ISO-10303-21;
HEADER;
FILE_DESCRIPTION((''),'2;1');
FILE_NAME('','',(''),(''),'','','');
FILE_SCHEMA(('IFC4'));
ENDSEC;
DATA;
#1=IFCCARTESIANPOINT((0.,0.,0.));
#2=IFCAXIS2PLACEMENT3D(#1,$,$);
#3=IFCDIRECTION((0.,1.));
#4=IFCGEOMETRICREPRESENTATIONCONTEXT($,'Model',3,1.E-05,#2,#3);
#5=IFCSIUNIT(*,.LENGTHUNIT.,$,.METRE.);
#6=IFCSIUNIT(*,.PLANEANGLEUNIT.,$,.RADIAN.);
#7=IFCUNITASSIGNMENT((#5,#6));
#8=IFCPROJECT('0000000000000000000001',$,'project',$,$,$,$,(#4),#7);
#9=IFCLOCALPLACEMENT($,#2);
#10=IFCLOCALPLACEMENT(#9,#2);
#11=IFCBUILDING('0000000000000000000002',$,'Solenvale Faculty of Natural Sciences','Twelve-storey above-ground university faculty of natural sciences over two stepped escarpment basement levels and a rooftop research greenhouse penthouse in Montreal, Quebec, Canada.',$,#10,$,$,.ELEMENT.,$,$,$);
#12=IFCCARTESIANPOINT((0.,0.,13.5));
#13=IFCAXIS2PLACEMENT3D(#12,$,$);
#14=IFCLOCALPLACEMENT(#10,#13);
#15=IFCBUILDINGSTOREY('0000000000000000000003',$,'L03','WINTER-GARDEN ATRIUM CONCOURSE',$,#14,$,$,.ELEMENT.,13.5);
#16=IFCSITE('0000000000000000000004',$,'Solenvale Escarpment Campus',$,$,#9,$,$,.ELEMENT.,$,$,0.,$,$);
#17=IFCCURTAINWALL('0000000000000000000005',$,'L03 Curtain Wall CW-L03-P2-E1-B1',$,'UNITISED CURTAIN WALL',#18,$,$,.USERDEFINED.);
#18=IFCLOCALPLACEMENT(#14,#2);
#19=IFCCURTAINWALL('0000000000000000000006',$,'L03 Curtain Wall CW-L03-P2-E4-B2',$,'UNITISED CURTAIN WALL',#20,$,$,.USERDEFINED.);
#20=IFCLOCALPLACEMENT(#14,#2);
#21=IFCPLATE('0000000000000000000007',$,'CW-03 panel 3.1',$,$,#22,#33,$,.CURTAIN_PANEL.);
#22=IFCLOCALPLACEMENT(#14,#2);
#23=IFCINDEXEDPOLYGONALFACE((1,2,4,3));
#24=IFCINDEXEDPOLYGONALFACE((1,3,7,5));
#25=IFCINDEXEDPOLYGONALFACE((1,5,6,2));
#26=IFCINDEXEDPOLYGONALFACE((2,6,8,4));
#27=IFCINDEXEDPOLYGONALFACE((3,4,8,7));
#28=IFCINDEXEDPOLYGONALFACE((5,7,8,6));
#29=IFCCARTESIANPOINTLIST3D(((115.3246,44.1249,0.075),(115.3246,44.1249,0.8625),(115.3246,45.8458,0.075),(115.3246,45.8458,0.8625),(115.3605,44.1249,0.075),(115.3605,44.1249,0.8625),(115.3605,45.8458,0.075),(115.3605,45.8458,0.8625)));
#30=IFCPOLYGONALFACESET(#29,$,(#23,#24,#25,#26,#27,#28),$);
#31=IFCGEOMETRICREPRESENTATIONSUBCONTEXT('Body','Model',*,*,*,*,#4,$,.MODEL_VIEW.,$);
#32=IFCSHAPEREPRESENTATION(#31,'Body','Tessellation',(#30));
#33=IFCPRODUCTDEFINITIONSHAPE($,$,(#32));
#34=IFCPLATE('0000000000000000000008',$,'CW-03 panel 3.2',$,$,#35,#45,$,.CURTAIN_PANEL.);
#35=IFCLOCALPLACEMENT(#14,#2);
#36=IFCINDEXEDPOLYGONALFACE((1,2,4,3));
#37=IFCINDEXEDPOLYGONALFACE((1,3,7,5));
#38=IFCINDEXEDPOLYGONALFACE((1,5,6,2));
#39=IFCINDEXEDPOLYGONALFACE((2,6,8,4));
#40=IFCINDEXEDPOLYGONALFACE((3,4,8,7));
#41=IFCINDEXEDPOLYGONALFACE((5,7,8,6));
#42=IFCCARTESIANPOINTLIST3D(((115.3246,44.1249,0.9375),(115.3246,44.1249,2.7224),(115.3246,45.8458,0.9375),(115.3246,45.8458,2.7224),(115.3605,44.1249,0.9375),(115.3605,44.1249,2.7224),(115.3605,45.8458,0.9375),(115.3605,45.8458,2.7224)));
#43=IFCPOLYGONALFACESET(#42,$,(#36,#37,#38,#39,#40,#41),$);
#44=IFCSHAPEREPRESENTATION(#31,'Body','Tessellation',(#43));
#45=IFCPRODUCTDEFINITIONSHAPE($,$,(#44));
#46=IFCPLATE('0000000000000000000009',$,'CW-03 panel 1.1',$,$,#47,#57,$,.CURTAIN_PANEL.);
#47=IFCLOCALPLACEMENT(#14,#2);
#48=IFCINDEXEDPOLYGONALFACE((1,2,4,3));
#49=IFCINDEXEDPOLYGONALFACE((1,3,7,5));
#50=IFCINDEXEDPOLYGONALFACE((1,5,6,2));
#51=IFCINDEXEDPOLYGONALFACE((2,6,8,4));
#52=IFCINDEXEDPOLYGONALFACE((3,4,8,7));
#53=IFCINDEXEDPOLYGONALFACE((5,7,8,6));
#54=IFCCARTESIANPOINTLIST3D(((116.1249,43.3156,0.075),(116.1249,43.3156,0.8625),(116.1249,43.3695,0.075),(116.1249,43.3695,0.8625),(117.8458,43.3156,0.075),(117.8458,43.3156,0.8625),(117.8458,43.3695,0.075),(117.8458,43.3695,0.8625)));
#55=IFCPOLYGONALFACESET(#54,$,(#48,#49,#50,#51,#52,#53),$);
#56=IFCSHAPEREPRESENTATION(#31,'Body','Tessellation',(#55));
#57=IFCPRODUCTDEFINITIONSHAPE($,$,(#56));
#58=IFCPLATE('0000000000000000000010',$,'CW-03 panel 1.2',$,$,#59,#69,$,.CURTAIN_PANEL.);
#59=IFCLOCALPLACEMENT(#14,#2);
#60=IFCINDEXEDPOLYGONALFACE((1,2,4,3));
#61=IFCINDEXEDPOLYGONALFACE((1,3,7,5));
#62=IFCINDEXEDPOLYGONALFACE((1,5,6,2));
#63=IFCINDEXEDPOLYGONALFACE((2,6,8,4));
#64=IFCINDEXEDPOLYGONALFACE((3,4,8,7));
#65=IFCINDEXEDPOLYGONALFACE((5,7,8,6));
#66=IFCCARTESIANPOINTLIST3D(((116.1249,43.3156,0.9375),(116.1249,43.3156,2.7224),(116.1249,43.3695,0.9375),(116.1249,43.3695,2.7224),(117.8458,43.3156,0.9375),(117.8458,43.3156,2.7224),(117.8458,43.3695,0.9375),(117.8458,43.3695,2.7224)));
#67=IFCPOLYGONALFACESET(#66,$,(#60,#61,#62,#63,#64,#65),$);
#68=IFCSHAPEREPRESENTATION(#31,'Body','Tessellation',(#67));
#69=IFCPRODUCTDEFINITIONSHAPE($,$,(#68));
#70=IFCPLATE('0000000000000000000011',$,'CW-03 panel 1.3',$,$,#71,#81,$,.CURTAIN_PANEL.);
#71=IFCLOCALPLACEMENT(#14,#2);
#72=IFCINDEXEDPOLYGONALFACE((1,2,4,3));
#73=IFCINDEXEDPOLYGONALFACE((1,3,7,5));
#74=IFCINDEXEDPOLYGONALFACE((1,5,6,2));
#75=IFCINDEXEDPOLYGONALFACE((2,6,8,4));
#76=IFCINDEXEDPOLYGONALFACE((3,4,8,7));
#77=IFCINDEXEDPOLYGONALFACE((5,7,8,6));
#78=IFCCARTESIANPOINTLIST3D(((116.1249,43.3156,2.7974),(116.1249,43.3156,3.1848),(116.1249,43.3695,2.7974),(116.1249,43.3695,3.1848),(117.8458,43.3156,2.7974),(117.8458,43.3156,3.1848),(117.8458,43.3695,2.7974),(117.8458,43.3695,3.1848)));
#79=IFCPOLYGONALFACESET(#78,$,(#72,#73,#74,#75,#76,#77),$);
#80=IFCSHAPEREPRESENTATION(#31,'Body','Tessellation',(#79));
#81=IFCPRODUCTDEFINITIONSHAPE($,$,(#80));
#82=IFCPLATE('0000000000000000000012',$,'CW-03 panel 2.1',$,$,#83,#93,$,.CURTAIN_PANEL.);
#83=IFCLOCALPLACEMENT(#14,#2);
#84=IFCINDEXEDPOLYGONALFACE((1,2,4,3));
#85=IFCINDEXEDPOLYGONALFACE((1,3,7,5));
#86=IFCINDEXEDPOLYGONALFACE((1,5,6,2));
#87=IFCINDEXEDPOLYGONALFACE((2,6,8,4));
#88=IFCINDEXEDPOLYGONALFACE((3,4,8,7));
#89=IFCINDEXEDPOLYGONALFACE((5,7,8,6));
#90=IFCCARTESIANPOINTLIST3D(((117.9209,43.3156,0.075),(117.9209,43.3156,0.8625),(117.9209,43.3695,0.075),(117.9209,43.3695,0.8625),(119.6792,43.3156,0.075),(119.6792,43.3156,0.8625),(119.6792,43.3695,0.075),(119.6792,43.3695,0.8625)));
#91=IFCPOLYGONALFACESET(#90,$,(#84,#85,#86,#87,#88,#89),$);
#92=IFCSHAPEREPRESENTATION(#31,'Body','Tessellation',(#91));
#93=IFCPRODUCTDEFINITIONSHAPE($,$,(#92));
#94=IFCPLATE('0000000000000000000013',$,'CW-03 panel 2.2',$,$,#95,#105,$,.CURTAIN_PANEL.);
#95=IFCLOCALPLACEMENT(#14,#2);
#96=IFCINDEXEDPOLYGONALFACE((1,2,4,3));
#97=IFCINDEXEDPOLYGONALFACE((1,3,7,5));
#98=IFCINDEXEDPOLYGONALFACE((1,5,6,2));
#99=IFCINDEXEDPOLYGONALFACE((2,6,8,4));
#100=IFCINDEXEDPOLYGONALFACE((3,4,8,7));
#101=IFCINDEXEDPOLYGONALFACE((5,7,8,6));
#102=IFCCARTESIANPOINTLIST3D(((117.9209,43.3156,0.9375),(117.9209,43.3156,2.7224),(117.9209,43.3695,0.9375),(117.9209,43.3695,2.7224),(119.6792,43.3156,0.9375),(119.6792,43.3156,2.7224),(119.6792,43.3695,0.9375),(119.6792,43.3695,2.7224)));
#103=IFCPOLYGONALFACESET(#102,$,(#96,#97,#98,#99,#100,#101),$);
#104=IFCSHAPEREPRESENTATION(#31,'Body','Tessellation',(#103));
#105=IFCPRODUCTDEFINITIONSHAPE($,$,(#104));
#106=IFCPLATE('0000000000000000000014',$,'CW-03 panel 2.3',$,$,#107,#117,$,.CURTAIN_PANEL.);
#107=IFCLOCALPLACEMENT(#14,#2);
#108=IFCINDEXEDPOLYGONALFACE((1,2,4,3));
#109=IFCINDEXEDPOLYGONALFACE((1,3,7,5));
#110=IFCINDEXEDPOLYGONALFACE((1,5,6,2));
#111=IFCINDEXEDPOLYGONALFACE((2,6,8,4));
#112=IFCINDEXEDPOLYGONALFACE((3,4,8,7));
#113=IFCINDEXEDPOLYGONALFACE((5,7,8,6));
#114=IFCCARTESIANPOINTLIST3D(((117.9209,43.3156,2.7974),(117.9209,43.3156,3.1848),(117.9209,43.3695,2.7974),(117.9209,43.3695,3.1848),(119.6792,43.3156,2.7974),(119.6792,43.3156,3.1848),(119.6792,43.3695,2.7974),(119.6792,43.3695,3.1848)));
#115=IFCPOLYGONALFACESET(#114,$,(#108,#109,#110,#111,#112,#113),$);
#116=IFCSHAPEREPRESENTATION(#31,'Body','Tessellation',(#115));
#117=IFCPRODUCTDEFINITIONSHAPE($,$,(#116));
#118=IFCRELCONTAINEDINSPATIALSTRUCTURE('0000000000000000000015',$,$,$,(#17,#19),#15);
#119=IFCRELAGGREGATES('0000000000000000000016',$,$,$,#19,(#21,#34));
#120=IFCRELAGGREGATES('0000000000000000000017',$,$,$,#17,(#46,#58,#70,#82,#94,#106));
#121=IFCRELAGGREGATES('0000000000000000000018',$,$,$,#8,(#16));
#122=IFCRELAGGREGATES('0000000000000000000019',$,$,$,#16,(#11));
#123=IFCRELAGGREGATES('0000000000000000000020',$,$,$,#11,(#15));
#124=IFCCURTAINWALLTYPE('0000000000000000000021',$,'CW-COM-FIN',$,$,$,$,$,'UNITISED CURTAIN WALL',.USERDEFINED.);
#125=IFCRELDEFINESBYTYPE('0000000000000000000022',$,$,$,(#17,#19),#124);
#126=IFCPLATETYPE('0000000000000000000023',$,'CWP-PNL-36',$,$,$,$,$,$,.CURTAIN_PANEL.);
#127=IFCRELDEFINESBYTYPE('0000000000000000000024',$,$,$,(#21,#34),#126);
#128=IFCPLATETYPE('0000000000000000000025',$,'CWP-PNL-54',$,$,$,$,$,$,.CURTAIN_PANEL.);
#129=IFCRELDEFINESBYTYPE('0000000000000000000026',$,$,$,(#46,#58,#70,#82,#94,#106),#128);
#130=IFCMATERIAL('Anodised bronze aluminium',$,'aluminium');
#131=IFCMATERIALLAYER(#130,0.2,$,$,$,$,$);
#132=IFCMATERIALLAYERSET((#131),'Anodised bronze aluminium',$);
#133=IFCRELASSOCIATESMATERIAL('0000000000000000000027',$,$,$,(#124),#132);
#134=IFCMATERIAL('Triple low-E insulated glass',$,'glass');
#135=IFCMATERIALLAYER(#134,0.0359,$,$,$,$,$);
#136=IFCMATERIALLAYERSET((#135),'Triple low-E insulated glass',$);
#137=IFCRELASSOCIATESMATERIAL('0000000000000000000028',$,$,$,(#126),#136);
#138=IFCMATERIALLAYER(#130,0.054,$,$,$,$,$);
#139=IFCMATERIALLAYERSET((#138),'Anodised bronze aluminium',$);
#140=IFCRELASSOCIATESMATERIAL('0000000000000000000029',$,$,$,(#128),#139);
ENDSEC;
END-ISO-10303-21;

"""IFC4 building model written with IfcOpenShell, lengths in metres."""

from ifc_helpers import new_model, si_unit, direction, frame, origin, origin_2d, place, context, subcontext, project, spatial, rectangle, extrude, material, layer, layer_set, type_object, element, aggregate, save


model = new_model("IFC4")

# Units and contexts
model_context = context("Model", 3, precision=1e-05, world=origin(), true_north=direction((0.0, 1.0)))
body_context = subcontext(model_context, "Body", "Model", "MODEL_VIEW")
ifc_project = project(units=[si_unit("LENGTHUNIT", "METRE"), si_unit("PLANEANGLEUNIT", "RADIAN")], contexts=[model_context])

# Site, building, storey
site_placement = place(None, origin())
site = spatial("IfcSite", under=ifc_project, at=site_placement, Name="Solenvale Escarpment Campus", CompositionType="ELEMENT", RefElevation=0.0)
building_placement = place(site_placement, origin())
building = spatial("IfcBuilding", under=site, at=building_placement, Name="Solenvale Faculty of Natural Sciences", Description="Twelve-storey above-ground university faculty of natural sciences over two stepped escarpment basement levels and a rooftop research greenhouse penthouse in Montreal, Quebec, Canada.", CompositionType="ELEMENT")
storey_placement = place(building_placement, frame((0.0, 0.0, 13.5)))
storey = spatial("IfcBuildingStorey", under=building, at=storey_placement, Name="L03", Description="WINTER-GARDEN ATRIUM CONCOURSE", CompositionType="ELEMENT", Elevation=13.5)

# Curtain wall
ifc_material_1 = material(Name="Anodised bronze aluminium", Category="aluminium")
ifc_layer_1 = layer(ifc_material_1, 0.2)
ifc_layer_set_1 = layer_set([ifc_layer_1], Name="Anodised bronze aluminium")
curtain_wall_type = type_object("IfcCurtainWallType", Name="CW-COM-FIN", ElementType="UNITISED CURTAIN WALL", PredefinedType="USERDEFINED", material=ifc_layer_set_1)
curtain_wall_1_placement = place(storey_placement, origin())
curtain_wall_1 = element("IfcCurtainWall", 1, at=curtain_wall_1_placement, inside=storey, type_object=curtain_wall_type, Name="L03 Curtain Wall CW-L03-P2-E1-B1", ObjectType="UNITISED CURTAIN WALL", PredefinedType="USERDEFINED")

# Curtain wall, plates
curtain_wall_2_placement = place(storey_placement, origin())
curtain_wall_2 = element("IfcCurtainWall", 2, at=curtain_wall_2_placement, inside=storey, type_object=curtain_wall_type, Name="L03 Curtain Wall CW-L03-P2-E4-B2", ObjectType="UNITISED CURTAIN WALL", PredefinedType="USERDEFINED")
ifc_material_2 = material(Name="Triple low-E insulated glass", Category="glass")
ifc_layer_2 = layer(ifc_material_2, 0.0359)
ifc_layer_set_2 = layer_set([ifc_layer_2], Name="Triple low-E insulated glass")
plate_type_1 = type_object("IfcPlateType", Name="CWP-PNL-36", PredefinedType="CURTAIN_PANEL", material=ifc_layer_set_2)
plate_1_placement = place(storey_placement, frame((115.3425, 44.9854, 0.075), z_axis=(0.0, 0.0, 1.0), x_axis=(0.0, -1.0, 0.0)))
plate_1 = element("IfcPlate", 3, at=plate_1_placement, type_object=plate_type_1, Name="CW-03 panel 3.1", PredefinedType="CURTAIN_PANEL", context=body_context, shape_type="SweptSolid", body=[
    extrude(rectangle(XDim=1.7209, YDim=0.0359, at=origin_2d()), origin(), (0.0, 0.0, 1.0), 0.7876),
])
plate_2_placement = place(storey_placement, frame((115.3425, 44.9854, 0.9375), z_axis=(0.0, 0.0, 1.0), x_axis=(0.0, -1.0, 0.0)))
plate_2 = element("IfcPlate", 4, at=plate_2_placement, type_object=plate_type_1, Name="CW-03 panel 3.2", PredefinedType="CURTAIN_PANEL", context=body_context, shape_type="SweptSolid", body=[
    extrude(rectangle(XDim=1.7209, YDim=0.0359, at=origin_2d()), origin(), (0.0, 0.0, 1.0), 1.7849),
])
aggregate(curtain_wall_2, [plate_1, plate_2])

# Plates
ifc_layer_3 = layer(ifc_material_1, 0.054)
ifc_layer_set_3 = layer_set([ifc_layer_3], Name="Anodised bronze aluminium")
plate_type_2 = type_object("IfcPlateType", Name="CWP-PNL-54", PredefinedType="CURTAIN_PANEL", material=ifc_layer_set_3)
plate_3_placement = place(storey_placement, frame((116.9854, 43.3425, 0.075), z_axis=(0.0, 0.0, 1.0), x_axis=(1.0, 0.0, 0.0)))
plate_3 = element("IfcPlate", 5, at=plate_3_placement, type_object=plate_type_2, Name="CW-03 panel 1.1", PredefinedType="CURTAIN_PANEL", context=body_context, shape_type="SweptSolid", body=[
    extrude(rectangle(XDim=1.7209, YDim=0.054, at=origin_2d()), origin(), (0.0, 0.0, 1.0), 0.7876),
])
plate_4_placement = place(storey_placement, frame((116.9854, 43.3425, 0.9375), z_axis=(0.0, 0.0, 1.0), x_axis=(1.0, 0.0, 0.0)))
plate_4 = element("IfcPlate", 6, at=plate_4_placement, type_object=plate_type_2, Name="CW-03 panel 1.2", PredefinedType="CURTAIN_PANEL", context=body_context, shape_type="SweptSolid", body=[
    extrude(rectangle(XDim=1.7209, YDim=0.054, at=origin_2d()), origin(), (0.0, 0.0, 1.0), 1.7849),
])
plate_5_placement = place(storey_placement, frame((116.9854, 43.3425, 2.7974), z_axis=(0.0, 0.0, 1.0), x_axis=(1.0, 0.0, 0.0)))
plate_5 = element("IfcPlate", 7, at=plate_5_placement, type_object=plate_type_2, Name="CW-03 panel 1.3", PredefinedType="CURTAIN_PANEL", context=body_context, shape_type="SweptSolid", body=[
    extrude(rectangle(XDim=1.7209, YDim=0.054, at=origin_2d()), origin(), (0.0, 0.0, 1.0), 0.3875),
])
plate_6_placement = place(storey_placement, frame((118.8, 43.3425, 0.075), z_axis=(0.0, 0.0, 1.0), x_axis=(1.0, 0.0, 0.0)))
plate_6 = element("IfcPlate", 8, at=plate_6_placement, type_object=plate_type_2, Name="CW-03 panel 2.1", PredefinedType="CURTAIN_PANEL", context=body_context, shape_type="SweptSolid", body=[
    extrude(rectangle(XDim=1.7583, YDim=0.054, at=origin_2d()), origin(), (0.0, 0.0, 1.0), 0.7876),
])
plate_7_placement = place(storey_placement, frame((118.8, 43.3425, 0.9375), z_axis=(0.0, 0.0, 1.0), x_axis=(1.0, 0.0, 0.0)))
plate_7 = element("IfcPlate", 9, at=plate_7_placement, type_object=plate_type_2, Name="CW-03 panel 2.2", PredefinedType="CURTAIN_PANEL", context=body_context, shape_type="SweptSolid", body=[
    extrude(rectangle(XDim=1.7583, YDim=0.054, at=origin_2d()), origin(), (0.0, 0.0, 1.0), 1.7849),
])
plate_8_placement = place(storey_placement, frame((118.8, 43.3425, 2.7974), z_axis=(0.0, 0.0, 1.0), x_axis=(1.0, 0.0, 0.0)))
plate_8 = element("IfcPlate", 10, at=plate_8_placement, type_object=plate_type_2, Name="CW-03 panel 2.3", PredefinedType="CURTAIN_PANEL", context=body_context, shape_type="SweptSolid", body=[
    extrude(rectangle(XDim=1.7583, YDim=0.054, at=origin_2d()), origin(), (0.0, 0.0, 1.0), 0.3875),
])
aggregate(curtain_wall_1, [plate_3, plate_4, plate_5, plate_6, plate_7, plate_8])

save(model, "model.ifc")
